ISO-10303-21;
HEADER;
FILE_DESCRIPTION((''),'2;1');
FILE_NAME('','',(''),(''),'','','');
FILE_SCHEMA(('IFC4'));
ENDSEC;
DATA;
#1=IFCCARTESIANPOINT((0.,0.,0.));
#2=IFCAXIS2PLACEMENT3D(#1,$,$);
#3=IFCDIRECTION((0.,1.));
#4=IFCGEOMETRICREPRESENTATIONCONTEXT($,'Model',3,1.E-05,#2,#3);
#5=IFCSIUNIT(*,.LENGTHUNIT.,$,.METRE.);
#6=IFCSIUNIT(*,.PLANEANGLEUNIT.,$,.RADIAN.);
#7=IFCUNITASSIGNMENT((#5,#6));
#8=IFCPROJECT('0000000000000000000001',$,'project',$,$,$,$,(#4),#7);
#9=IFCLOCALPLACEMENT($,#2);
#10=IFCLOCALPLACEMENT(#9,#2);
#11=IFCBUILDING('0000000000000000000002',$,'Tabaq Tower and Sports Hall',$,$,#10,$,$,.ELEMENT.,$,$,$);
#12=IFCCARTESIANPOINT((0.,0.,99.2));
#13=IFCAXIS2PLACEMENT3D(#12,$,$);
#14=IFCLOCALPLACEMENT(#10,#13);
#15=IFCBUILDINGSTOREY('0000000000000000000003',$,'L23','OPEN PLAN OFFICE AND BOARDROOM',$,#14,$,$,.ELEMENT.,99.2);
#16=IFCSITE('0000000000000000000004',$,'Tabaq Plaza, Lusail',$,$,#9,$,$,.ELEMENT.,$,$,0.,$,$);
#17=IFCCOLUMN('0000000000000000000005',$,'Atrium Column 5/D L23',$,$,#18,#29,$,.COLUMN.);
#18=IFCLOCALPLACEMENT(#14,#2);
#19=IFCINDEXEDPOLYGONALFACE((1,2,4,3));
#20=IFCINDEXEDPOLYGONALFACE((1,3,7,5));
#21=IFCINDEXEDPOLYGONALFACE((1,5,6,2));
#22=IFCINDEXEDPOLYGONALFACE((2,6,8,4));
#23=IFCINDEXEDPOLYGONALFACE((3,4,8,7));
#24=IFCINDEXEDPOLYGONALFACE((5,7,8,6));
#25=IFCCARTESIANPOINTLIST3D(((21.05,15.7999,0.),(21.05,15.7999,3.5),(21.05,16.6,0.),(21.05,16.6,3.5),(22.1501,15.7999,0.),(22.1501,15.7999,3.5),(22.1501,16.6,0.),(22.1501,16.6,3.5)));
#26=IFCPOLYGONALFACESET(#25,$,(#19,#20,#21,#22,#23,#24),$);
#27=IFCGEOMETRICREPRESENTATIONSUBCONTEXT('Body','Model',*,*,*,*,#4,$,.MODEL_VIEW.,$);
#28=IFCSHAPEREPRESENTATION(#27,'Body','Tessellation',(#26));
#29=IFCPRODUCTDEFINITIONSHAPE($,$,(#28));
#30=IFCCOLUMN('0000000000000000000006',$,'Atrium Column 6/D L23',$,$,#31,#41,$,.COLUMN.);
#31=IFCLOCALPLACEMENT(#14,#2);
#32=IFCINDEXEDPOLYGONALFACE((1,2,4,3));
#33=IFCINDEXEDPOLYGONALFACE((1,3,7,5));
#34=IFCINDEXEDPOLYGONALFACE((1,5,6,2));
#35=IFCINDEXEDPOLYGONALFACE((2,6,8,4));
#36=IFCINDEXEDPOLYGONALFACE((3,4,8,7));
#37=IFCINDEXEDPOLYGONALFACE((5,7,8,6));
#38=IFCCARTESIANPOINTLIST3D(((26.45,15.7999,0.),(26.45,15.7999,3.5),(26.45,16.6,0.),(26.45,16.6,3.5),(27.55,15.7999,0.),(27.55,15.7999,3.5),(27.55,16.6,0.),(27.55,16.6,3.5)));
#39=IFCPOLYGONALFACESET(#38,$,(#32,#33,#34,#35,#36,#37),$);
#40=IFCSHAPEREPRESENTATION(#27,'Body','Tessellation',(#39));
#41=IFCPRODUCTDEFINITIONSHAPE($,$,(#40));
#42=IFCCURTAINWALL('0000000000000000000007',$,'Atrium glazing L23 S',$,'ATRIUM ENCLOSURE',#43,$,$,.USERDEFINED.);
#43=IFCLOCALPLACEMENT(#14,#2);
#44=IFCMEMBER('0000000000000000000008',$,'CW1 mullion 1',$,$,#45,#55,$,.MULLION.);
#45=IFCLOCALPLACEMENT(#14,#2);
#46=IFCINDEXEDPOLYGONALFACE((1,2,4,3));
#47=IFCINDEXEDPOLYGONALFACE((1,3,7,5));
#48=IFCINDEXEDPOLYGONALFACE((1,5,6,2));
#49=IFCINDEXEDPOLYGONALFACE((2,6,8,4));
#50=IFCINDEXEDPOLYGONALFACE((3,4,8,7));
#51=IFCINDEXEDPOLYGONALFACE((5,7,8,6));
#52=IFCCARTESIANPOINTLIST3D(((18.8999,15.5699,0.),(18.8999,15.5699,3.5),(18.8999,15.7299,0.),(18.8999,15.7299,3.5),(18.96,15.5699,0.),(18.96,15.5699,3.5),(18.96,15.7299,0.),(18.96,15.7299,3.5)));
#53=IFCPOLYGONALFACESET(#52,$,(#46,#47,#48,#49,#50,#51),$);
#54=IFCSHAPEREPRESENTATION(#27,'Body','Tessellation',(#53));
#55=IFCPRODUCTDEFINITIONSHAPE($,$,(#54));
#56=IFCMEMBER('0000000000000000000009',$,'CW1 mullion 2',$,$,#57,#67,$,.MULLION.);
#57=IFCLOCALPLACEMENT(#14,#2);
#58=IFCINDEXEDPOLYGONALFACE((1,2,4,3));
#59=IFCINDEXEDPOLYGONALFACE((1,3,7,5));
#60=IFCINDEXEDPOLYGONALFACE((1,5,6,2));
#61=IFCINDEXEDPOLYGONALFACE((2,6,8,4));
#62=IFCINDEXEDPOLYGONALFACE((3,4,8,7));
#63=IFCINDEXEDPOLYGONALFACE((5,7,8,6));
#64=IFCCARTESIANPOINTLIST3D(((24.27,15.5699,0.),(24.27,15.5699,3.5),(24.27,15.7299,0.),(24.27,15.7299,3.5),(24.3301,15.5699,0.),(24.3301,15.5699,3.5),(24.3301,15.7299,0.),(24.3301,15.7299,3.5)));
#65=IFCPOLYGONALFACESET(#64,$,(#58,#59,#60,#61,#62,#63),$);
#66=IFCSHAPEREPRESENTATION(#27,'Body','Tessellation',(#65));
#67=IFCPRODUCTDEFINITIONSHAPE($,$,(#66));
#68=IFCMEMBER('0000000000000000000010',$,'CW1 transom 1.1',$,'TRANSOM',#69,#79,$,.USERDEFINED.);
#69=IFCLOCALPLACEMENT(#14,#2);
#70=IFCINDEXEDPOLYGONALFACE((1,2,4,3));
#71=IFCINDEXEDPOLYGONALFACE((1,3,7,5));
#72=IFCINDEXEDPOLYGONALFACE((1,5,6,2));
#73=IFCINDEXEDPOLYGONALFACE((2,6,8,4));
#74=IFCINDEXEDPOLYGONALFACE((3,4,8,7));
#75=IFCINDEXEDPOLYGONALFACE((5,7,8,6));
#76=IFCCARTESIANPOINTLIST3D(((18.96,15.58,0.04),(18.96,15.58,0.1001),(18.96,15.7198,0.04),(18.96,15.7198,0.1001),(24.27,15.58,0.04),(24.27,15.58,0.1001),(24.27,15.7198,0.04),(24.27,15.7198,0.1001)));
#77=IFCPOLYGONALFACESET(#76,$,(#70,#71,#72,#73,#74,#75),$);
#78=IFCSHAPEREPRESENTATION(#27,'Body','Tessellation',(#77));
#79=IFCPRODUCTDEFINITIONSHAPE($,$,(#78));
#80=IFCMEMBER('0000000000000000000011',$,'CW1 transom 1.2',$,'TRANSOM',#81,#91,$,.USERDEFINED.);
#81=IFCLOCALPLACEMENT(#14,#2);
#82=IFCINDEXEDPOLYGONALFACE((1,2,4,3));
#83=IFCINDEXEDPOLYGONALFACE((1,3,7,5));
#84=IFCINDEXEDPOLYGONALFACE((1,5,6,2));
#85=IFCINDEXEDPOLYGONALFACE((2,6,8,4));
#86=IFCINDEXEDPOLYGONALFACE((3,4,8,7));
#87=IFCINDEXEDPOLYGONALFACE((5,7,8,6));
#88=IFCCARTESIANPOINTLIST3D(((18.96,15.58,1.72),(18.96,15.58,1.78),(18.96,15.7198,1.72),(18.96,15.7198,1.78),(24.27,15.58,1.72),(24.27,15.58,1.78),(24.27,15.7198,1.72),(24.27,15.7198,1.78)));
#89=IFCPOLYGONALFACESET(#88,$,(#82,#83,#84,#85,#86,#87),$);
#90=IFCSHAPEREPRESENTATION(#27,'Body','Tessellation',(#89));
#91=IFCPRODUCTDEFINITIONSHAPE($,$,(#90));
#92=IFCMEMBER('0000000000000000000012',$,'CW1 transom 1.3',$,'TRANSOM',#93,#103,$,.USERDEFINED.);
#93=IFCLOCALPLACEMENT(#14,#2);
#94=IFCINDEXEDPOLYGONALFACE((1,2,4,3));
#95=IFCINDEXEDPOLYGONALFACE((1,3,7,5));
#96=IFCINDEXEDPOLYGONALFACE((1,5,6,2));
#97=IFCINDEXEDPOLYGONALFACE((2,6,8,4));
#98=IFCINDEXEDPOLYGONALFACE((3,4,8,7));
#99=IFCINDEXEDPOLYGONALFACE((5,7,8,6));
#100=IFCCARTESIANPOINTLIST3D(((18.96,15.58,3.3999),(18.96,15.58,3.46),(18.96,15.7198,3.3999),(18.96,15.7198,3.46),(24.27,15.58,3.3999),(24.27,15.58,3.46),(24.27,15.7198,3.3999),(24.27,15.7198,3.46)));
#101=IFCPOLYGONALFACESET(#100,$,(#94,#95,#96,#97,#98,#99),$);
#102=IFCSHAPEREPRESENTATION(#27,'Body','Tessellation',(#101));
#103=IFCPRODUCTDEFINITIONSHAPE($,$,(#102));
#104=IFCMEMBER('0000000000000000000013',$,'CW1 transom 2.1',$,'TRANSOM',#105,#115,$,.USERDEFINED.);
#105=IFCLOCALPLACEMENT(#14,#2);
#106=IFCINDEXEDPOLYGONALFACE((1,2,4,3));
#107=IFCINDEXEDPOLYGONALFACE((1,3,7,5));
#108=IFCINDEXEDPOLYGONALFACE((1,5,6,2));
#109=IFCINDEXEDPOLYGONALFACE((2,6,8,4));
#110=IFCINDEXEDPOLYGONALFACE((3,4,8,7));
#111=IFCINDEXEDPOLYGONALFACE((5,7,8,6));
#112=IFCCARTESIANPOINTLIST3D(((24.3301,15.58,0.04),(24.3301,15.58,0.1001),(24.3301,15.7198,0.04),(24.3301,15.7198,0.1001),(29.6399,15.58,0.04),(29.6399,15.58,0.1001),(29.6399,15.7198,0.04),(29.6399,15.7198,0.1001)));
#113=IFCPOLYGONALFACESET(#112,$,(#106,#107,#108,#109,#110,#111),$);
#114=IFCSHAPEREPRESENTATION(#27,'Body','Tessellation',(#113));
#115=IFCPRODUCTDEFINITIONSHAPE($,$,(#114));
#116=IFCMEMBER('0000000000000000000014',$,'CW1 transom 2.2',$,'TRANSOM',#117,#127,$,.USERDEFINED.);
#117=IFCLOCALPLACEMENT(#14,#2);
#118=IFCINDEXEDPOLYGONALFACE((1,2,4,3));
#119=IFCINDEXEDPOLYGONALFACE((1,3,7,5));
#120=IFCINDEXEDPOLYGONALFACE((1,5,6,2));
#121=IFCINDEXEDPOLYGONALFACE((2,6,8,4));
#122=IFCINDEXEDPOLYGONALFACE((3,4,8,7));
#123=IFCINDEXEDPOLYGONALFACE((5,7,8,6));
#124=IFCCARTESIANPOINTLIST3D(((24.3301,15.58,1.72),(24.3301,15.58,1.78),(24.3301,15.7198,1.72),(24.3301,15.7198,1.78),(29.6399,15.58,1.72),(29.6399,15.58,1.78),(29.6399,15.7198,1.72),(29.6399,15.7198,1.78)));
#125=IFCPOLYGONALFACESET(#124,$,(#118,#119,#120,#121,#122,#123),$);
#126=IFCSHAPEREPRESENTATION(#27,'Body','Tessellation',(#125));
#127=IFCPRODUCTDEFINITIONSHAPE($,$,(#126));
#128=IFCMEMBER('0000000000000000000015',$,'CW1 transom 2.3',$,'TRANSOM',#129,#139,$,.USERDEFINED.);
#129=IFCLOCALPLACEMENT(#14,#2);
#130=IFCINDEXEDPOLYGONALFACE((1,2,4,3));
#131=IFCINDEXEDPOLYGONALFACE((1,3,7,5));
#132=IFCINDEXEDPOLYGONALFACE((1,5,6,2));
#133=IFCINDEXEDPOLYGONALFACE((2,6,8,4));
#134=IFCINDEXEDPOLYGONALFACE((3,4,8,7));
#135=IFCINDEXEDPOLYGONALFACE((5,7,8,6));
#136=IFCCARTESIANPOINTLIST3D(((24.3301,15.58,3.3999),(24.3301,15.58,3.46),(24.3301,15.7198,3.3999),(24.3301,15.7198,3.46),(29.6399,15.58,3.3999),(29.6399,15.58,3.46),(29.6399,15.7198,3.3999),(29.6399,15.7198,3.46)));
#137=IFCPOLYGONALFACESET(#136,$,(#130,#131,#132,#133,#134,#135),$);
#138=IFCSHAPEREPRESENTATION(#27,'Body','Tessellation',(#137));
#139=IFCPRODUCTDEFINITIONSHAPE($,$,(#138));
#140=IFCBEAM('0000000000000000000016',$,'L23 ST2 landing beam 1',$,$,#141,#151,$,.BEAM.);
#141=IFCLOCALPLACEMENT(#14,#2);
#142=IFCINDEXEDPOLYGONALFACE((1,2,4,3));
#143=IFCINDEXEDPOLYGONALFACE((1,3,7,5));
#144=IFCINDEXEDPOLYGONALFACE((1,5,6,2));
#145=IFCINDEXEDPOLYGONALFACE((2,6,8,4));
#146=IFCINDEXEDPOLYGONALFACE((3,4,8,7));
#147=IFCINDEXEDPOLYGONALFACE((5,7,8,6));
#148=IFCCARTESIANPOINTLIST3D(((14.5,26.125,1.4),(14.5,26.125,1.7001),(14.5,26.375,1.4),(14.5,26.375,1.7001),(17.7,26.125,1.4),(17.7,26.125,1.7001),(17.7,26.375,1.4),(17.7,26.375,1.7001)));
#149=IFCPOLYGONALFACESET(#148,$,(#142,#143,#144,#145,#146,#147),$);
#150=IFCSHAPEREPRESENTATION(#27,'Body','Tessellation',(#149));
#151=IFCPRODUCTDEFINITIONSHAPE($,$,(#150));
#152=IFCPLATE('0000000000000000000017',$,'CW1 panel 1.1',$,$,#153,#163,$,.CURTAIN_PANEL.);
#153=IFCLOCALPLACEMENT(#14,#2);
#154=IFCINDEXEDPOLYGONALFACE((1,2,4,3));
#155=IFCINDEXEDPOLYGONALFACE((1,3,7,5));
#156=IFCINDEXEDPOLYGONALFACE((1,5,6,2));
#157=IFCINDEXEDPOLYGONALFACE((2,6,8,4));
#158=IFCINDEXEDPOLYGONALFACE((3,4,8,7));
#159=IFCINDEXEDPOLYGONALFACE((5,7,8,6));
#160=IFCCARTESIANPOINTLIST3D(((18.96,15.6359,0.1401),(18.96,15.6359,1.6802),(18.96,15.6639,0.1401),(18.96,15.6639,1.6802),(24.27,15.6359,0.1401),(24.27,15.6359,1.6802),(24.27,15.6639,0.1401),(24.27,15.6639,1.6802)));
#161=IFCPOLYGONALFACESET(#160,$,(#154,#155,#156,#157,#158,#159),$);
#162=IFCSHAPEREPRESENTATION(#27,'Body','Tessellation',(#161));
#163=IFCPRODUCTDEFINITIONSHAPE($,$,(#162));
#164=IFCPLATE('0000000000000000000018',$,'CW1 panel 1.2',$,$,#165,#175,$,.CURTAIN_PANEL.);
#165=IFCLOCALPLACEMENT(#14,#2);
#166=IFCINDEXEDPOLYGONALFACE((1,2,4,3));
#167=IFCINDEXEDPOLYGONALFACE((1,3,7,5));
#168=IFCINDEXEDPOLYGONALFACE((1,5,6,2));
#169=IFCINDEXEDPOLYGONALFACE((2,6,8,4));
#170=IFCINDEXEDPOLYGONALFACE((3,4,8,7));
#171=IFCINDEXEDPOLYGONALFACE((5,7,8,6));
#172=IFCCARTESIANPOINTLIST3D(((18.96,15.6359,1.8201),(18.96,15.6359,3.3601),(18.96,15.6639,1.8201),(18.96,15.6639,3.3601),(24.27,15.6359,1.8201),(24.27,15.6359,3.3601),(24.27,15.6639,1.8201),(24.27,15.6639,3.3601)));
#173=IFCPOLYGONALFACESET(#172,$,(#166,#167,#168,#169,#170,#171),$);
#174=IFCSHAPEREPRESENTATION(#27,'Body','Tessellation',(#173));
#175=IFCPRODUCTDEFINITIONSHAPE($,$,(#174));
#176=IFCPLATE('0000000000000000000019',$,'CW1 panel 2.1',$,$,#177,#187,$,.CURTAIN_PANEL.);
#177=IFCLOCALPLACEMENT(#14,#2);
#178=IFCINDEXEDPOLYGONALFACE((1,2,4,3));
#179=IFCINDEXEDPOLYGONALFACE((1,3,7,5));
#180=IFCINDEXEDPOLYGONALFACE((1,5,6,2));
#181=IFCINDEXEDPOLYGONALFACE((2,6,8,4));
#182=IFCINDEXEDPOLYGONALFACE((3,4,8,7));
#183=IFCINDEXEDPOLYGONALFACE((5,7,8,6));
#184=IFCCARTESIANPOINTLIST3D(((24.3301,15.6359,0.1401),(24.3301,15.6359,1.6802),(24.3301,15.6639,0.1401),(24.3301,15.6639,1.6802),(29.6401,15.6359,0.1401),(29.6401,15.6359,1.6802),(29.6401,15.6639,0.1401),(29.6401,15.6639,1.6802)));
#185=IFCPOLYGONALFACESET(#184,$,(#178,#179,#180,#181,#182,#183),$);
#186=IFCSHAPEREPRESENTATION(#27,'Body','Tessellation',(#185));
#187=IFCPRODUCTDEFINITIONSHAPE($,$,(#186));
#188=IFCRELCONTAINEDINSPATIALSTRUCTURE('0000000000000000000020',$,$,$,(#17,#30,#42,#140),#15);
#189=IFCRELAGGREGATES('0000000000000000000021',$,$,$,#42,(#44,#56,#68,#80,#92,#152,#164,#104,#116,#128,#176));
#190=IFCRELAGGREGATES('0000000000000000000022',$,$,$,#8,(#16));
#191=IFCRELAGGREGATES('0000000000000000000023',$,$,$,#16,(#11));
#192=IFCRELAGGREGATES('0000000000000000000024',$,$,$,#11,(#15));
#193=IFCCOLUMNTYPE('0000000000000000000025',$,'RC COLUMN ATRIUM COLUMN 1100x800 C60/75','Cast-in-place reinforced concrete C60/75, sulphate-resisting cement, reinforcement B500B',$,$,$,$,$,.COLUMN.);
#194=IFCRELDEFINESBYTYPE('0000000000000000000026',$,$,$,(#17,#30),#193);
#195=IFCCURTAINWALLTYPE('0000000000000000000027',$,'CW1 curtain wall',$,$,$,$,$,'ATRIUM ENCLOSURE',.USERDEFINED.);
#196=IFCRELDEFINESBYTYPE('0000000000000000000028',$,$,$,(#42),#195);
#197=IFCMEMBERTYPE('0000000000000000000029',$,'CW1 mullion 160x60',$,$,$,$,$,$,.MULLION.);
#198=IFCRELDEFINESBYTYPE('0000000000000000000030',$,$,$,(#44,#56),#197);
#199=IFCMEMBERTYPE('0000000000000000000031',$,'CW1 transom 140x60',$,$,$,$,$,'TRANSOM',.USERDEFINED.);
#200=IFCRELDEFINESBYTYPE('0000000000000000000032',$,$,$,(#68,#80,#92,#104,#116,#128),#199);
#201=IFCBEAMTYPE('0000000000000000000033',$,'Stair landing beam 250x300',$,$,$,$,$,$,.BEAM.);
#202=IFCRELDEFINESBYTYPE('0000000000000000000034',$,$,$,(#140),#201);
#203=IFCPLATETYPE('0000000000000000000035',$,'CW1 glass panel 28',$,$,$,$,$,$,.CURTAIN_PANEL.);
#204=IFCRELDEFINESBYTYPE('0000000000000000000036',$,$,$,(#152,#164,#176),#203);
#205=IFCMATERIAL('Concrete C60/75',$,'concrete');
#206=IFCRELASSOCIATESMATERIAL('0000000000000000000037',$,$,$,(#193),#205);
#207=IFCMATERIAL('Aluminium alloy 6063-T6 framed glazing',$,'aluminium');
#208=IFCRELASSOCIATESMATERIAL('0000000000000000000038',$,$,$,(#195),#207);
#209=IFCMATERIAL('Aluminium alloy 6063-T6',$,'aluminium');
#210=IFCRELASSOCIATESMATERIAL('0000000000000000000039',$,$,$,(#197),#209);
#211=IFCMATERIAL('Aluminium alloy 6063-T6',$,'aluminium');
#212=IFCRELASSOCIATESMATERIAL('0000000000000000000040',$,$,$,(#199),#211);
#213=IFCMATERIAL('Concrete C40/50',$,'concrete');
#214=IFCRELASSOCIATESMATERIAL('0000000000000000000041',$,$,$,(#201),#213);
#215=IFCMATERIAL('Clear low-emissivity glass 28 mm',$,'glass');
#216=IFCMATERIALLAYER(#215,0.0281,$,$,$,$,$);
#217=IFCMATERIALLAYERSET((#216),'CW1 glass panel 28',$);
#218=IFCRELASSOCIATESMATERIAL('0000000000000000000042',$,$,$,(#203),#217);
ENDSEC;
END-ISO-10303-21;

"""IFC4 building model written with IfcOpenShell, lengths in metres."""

from ifc_helpers import new_model, si_unit, direction, frame, origin, origin_2d, place, context, subcontext, project, spatial, rectangle, extrude, material, layer, layer_set, material_profile, profile_set, type_object, element, aggregate, save


model = new_model("IFC4")

# Units and contexts
model_context = context("Model", 3, precision=1e-05, world=origin(), true_north=direction((0.0, 1.0)))
body_context = subcontext(model_context, "Body", "Model", "MODEL_VIEW")
ifc_project = project(units=[si_unit("LENGTHUNIT", "METRE"), si_unit("PLANEANGLEUNIT", "RADIAN")], contexts=[model_context])

# Site, building, storey
site_placement = place(None, origin())
site = spatial("IfcSite", under=ifc_project, at=site_placement, Name="Tabaq Plaza, Lusail", CompositionType="ELEMENT", RefElevation=0.0)
building_placement = place(site_placement, origin())
building = spatial("IfcBuilding", under=site, at=building_placement, Name="Tabaq Tower and Sports Hall", CompositionType="ELEMENT")
storey_placement = place(building_placement, frame((0.0, 0.0, 99.2)))
storey = spatial("IfcBuildingStorey", under=building, at=storey_placement, Name="L23", Description="OPEN PLAN OFFICE AND BOARDROOM", CompositionType="ELEMENT", Elevation=99.2)

# Columns
ifc_material_1 = material(Name="Concrete C60/75", Category="concrete")
ifc_material_profile_1 = material_profile(ifc_material_1, rectangle(XDim=1.1001, YDim=0.8, at=origin_2d()), Name="ATRIUM COLUMN 1100x800")
ifc_profile_set_1 = profile_set([ifc_material_profile_1], Name="Concrete C60/75")
column_type = type_object("IfcColumnType", Name="RC COLUMN ATRIUM COLUMN 1100x800 C60/75", Description="Cast-in-place reinforced concrete C60/75, sulphate-resisting cement, reinforcement B500B", PredefinedType="COLUMN", material=ifc_profile_set_1)
for number, where, z_axis, x_axis, name in (
    (1, (21.6001, 16.2, 0.0), (0.0, 0.0, 1.0), (1.0, 0.0, 0.0), "Atrium Column 5/D L23"),
    (2, (27.0, 16.2, 0.0), (0.0, 0.0, 1.0), (1.0, 0.0, 0.0), "Atrium Column 6/D L23"),
):
    element("IfcColumn", number, at=place(storey_placement, frame(where, z_axis=z_axis, x_axis=x_axis)), inside=storey, type_object=column_type, Name=name, PredefinedType="COLUMN", context=body_context, shape_type="SweptSolid", body=[
        extrude(rectangle(XDim=1.1001, YDim=0.8, at=origin_2d()), origin(), (0.0, 0.0, 1.0), 3.5),
    ])

# Curtain wall, members
ifc_material_2 = material(Name="Aluminium alloy 6063-T6 framed glazing", Category="aluminium")
curtain_wall_type = type_object("IfcCurtainWallType", Name="CW1 curtain wall", ElementType="ATRIUM ENCLOSURE", PredefinedType="USERDEFINED", material=ifc_material_2)
curtain_wall_placement = place(storey_placement, origin())
curtain_wall = element("IfcCurtainWall", 3, at=curtain_wall_placement, inside=storey, type_object=curtain_wall_type, Name="Atrium glazing L23 S", ObjectType="ATRIUM ENCLOSURE", PredefinedType="USERDEFINED")
ifc_material_3 = material(Name="Aluminium alloy 6063-T6", Category="aluminium")
ifc_material_profile_2 = material_profile(ifc_material_3, rectangle(XDim=0.1599, YDim=0.0601, at=origin_2d()), Name="MULLION 160x60")
ifc_profile_set_2 = profile_set([ifc_material_profile_2], Name="Aluminium alloy 6063-T6")
member_type_1 = type_object("IfcMemberType", Name="CW1 mullion 160x60", PredefinedType="MULLION", material=ifc_profile_set_2)
member_1_placement = place(storey_placement, frame((18.9299, 15.6499, 0.0), z_axis=(0.0, 0.0, 1.0), x_axis=(0.0, 1.0, 0.0)))
member_1 = element("IfcMember", 4, at=member_1_placement, type_object=member_type_1, Name="CW1 mullion 1", PredefinedType="MULLION", context=body_context, shape_type="SweptSolid", body=[
    extrude(rectangle(XDim=0.1599, YDim=0.0601, at=origin_2d()), origin(), (0.0, 0.0, 1.0), 3.5),
])
member_2_placement = place(storey_placement, frame((24.3, 15.6499, 0.0), z_axis=(0.0, 0.0, 1.0), x_axis=(0.0, 1.0, 0.0)))
member_2 = element("IfcMember", 5, at=member_2_placement, type_object=member_type_1, Name="CW1 mullion 2", PredefinedType="MULLION", context=body_context, shape_type="SweptSolid", body=[
    extrude(rectangle(XDim=0.1599, YDim=0.0601, at=origin_2d()), origin(), (0.0, 0.0, 1.0), 3.5),
])
ifc_material_4 = material(Name="Aluminium alloy 6063-T6", Category="aluminium")
ifc_material_profile_3 = material_profile(ifc_material_4, rectangle(XDim=0.1399, YDim=0.0601, at=origin_2d()), Name="TRANSOM 140x60")
ifc_profile_set_3 = profile_set([ifc_material_profile_3], Name="Aluminium alloy 6063-T6")
member_type_2 = type_object("IfcMemberType", Name="CW1 transom 140x60", ElementType="TRANSOM", PredefinedType="USERDEFINED", material=ifc_profile_set_3)
member_3_placement = place(storey_placement, frame((18.96, 15.6499, 0.0701), z_axis=(1.0, 0.0, 0.0), x_axis=(0.0, 1.0, 0.0)))
member_3 = element("IfcMember", 6, at=member_3_placement, type_object=member_type_2, Name="CW1 transom 1.1", ObjectType="TRANSOM", PredefinedType="USERDEFINED", context=body_context, shape_type="SweptSolid", body=[
    extrude(rectangle(XDim=0.1399, YDim=0.0601, at=origin_2d()), origin(), (0.0, 0.0, 1.0), 5.3101),
])
member_4_placement = place(storey_placement, frame((18.96, 15.6499, 1.75), z_axis=(1.0, 0.0, 0.0), x_axis=(0.0, 1.0, 0.0)))
member_4 = element("IfcMember", 7, at=member_4_placement, type_object=member_type_2, Name="CW1 transom 1.2", ObjectType="TRANSOM", PredefinedType="USERDEFINED", context=body_context, shape_type="SweptSolid", body=[
    extrude(rectangle(XDim=0.1399, YDim=0.0601, at=origin_2d()), origin(), (0.0, 0.0, 1.0), 5.3101),
])
member_5_placement = place(storey_placement, frame((18.96, 15.6499, 3.4299), z_axis=(1.0, 0.0, 0.0), x_axis=(0.0, 1.0, 0.0)))
member_5 = element("IfcMember", 8, at=member_5_placement, type_object=member_type_2, Name="CW1 transom 1.3", ObjectType="TRANSOM", PredefinedType="USERDEFINED", context=body_context, shape_type="SweptSolid", body=[
    extrude(rectangle(XDim=0.1399, YDim=0.0601, at=origin_2d()), origin(), (0.0, 0.0, 1.0), 5.3101),
])
member_6_placement = place(storey_placement, frame((24.3301, 15.6499, 0.0701), z_axis=(1.0, 0.0, 0.0), x_axis=(0.0, 1.0, 0.0)))
member_6 = element("IfcMember", 9, at=member_6_placement, type_object=member_type_2, Name="CW1 transom 2.1", ObjectType="TRANSOM", PredefinedType="USERDEFINED", context=body_context, shape_type="SweptSolid", body=[
    extrude(rectangle(XDim=0.1399, YDim=0.0601, at=origin_2d()), origin(), (0.0, 0.0, 1.0), 5.3098),
])
member_7_placement = place(storey_placement, frame((24.3301, 15.6499, 1.75), z_axis=(1.0, 0.0, 0.0), x_axis=(0.0, 1.0, 0.0)))
member_7 = element("IfcMember", 10, at=member_7_placement, type_object=member_type_2, Name="CW1 transom 2.2", ObjectType="TRANSOM", PredefinedType="USERDEFINED", context=body_context, shape_type="SweptSolid", body=[
    extrude(rectangle(XDim=0.1399, YDim=0.0601, at=origin_2d()), origin(), (0.0, 0.0, 1.0), 5.3098),
])
member_8_placement = place(storey_placement, frame((24.3301, 15.6499, 3.4299), z_axis=(1.0, 0.0, 0.0), x_axis=(0.0, 1.0, 0.0)))
member_8 = element("IfcMember", 11, at=member_8_placement, type_object=member_type_2, Name="CW1 transom 2.3", ObjectType="TRANSOM", PredefinedType="USERDEFINED", context=body_context, shape_type="SweptSolid", body=[
    extrude(rectangle(XDim=0.1399, YDim=0.0601, at=origin_2d()), origin(), (0.0, 0.0, 1.0), 5.3098),
])

# Beam
ifc_material_5 = material(Name="Concrete C40/50", Category="concrete")
ifc_material_profile_4 = material_profile(ifc_material_5, rectangle(XDim=0.25, YDim=0.3, at=origin_2d()), Name="RC 250x300")
ifc_profile_set_4 = profile_set([ifc_material_profile_4], Name="Concrete C40/50")
beam_type = type_object("IfcBeamType", Name="Stair landing beam 250x300", PredefinedType="BEAM", material=ifc_profile_set_4)
beam_placement = place(storey_placement, frame((14.5, 26.25, 1.55), z_axis=(1.0, 0.0, 0.0), x_axis=(0.0, 1.0, 0.0)))
element("IfcBeam", 12, at=beam_placement, inside=storey, type_object=beam_type, Name="L23 ST2 landing beam 1", PredefinedType="BEAM", context=body_context, shape_type="SweptSolid", body=[
    extrude(rectangle(XDim=0.25, YDim=0.3, at=origin_2d()), origin(), (0.0, 0.0, 1.0), 3.2),
])

# Plates
ifc_material_6 = material(Name="Clear low-emissivity glass 28 mm", Category="glass")
ifc_layer_1 = layer(ifc_material_6, 0.0281)
ifc_layer_set_1 = layer_set([ifc_layer_1], Name="CW1 glass panel 28")
plate_type = type_object("IfcPlateType", Name="CW1 glass panel 28", PredefinedType="CURTAIN_PANEL", material=ifc_layer_set_1)
plate_1_placement = place(storey_placement, frame((21.615, 15.6499, 0.1401), z_axis=(0.0, 0.0, 1.0), x_axis=(1.0, 0.0, 0.0)))
plate_1 = element("IfcPlate", 13, at=plate_1_placement, type_object=plate_type, Name="CW1 panel 1.1", PredefinedType="CURTAIN_PANEL", context=body_context, shape_type="SweptSolid", body=[
    extrude(rectangle(XDim=5.3101, YDim=0.0281, at=origin_2d()), origin(), (0.0, 0.0, 1.0), 1.54),
])
plate_2_placement = place(storey_placement, frame((21.615, 15.6499, 1.8201), z_axis=(0.0, 0.0, 1.0), x_axis=(1.0, 0.0, 0.0)))
plate_2 = element("IfcPlate", 14, at=plate_2_placement, type_object=plate_type, Name="CW1 panel 1.2", PredefinedType="CURTAIN_PANEL", context=body_context, shape_type="SweptSolid", body=[
    extrude(rectangle(XDim=5.3101, YDim=0.0281, at=origin_2d()), origin(), (0.0, 0.0, 1.0), 1.54),
])
plate_3_placement = place(storey_placement, frame((26.9851, 15.6499, 0.1401), z_axis=(0.0, 0.0, 1.0), x_axis=(1.0, 0.0, 0.0)))
plate_3 = element("IfcPlate", 15, at=plate_3_placement, type_object=plate_type, Name="CW1 panel 2.1", PredefinedType="CURTAIN_PANEL", context=body_context, shape_type="SweptSolid", body=[
    extrude(rectangle(XDim=5.3101, YDim=0.0281, at=origin_2d()), origin(), (0.0, 0.0, 1.0), 1.54),
])
aggregate(curtain_wall, [member_1, member_2, member_3, member_4, member_5, plate_1, plate_2, member_6, member_7, member_8, plate_3])

save(model, "model.ifc")
